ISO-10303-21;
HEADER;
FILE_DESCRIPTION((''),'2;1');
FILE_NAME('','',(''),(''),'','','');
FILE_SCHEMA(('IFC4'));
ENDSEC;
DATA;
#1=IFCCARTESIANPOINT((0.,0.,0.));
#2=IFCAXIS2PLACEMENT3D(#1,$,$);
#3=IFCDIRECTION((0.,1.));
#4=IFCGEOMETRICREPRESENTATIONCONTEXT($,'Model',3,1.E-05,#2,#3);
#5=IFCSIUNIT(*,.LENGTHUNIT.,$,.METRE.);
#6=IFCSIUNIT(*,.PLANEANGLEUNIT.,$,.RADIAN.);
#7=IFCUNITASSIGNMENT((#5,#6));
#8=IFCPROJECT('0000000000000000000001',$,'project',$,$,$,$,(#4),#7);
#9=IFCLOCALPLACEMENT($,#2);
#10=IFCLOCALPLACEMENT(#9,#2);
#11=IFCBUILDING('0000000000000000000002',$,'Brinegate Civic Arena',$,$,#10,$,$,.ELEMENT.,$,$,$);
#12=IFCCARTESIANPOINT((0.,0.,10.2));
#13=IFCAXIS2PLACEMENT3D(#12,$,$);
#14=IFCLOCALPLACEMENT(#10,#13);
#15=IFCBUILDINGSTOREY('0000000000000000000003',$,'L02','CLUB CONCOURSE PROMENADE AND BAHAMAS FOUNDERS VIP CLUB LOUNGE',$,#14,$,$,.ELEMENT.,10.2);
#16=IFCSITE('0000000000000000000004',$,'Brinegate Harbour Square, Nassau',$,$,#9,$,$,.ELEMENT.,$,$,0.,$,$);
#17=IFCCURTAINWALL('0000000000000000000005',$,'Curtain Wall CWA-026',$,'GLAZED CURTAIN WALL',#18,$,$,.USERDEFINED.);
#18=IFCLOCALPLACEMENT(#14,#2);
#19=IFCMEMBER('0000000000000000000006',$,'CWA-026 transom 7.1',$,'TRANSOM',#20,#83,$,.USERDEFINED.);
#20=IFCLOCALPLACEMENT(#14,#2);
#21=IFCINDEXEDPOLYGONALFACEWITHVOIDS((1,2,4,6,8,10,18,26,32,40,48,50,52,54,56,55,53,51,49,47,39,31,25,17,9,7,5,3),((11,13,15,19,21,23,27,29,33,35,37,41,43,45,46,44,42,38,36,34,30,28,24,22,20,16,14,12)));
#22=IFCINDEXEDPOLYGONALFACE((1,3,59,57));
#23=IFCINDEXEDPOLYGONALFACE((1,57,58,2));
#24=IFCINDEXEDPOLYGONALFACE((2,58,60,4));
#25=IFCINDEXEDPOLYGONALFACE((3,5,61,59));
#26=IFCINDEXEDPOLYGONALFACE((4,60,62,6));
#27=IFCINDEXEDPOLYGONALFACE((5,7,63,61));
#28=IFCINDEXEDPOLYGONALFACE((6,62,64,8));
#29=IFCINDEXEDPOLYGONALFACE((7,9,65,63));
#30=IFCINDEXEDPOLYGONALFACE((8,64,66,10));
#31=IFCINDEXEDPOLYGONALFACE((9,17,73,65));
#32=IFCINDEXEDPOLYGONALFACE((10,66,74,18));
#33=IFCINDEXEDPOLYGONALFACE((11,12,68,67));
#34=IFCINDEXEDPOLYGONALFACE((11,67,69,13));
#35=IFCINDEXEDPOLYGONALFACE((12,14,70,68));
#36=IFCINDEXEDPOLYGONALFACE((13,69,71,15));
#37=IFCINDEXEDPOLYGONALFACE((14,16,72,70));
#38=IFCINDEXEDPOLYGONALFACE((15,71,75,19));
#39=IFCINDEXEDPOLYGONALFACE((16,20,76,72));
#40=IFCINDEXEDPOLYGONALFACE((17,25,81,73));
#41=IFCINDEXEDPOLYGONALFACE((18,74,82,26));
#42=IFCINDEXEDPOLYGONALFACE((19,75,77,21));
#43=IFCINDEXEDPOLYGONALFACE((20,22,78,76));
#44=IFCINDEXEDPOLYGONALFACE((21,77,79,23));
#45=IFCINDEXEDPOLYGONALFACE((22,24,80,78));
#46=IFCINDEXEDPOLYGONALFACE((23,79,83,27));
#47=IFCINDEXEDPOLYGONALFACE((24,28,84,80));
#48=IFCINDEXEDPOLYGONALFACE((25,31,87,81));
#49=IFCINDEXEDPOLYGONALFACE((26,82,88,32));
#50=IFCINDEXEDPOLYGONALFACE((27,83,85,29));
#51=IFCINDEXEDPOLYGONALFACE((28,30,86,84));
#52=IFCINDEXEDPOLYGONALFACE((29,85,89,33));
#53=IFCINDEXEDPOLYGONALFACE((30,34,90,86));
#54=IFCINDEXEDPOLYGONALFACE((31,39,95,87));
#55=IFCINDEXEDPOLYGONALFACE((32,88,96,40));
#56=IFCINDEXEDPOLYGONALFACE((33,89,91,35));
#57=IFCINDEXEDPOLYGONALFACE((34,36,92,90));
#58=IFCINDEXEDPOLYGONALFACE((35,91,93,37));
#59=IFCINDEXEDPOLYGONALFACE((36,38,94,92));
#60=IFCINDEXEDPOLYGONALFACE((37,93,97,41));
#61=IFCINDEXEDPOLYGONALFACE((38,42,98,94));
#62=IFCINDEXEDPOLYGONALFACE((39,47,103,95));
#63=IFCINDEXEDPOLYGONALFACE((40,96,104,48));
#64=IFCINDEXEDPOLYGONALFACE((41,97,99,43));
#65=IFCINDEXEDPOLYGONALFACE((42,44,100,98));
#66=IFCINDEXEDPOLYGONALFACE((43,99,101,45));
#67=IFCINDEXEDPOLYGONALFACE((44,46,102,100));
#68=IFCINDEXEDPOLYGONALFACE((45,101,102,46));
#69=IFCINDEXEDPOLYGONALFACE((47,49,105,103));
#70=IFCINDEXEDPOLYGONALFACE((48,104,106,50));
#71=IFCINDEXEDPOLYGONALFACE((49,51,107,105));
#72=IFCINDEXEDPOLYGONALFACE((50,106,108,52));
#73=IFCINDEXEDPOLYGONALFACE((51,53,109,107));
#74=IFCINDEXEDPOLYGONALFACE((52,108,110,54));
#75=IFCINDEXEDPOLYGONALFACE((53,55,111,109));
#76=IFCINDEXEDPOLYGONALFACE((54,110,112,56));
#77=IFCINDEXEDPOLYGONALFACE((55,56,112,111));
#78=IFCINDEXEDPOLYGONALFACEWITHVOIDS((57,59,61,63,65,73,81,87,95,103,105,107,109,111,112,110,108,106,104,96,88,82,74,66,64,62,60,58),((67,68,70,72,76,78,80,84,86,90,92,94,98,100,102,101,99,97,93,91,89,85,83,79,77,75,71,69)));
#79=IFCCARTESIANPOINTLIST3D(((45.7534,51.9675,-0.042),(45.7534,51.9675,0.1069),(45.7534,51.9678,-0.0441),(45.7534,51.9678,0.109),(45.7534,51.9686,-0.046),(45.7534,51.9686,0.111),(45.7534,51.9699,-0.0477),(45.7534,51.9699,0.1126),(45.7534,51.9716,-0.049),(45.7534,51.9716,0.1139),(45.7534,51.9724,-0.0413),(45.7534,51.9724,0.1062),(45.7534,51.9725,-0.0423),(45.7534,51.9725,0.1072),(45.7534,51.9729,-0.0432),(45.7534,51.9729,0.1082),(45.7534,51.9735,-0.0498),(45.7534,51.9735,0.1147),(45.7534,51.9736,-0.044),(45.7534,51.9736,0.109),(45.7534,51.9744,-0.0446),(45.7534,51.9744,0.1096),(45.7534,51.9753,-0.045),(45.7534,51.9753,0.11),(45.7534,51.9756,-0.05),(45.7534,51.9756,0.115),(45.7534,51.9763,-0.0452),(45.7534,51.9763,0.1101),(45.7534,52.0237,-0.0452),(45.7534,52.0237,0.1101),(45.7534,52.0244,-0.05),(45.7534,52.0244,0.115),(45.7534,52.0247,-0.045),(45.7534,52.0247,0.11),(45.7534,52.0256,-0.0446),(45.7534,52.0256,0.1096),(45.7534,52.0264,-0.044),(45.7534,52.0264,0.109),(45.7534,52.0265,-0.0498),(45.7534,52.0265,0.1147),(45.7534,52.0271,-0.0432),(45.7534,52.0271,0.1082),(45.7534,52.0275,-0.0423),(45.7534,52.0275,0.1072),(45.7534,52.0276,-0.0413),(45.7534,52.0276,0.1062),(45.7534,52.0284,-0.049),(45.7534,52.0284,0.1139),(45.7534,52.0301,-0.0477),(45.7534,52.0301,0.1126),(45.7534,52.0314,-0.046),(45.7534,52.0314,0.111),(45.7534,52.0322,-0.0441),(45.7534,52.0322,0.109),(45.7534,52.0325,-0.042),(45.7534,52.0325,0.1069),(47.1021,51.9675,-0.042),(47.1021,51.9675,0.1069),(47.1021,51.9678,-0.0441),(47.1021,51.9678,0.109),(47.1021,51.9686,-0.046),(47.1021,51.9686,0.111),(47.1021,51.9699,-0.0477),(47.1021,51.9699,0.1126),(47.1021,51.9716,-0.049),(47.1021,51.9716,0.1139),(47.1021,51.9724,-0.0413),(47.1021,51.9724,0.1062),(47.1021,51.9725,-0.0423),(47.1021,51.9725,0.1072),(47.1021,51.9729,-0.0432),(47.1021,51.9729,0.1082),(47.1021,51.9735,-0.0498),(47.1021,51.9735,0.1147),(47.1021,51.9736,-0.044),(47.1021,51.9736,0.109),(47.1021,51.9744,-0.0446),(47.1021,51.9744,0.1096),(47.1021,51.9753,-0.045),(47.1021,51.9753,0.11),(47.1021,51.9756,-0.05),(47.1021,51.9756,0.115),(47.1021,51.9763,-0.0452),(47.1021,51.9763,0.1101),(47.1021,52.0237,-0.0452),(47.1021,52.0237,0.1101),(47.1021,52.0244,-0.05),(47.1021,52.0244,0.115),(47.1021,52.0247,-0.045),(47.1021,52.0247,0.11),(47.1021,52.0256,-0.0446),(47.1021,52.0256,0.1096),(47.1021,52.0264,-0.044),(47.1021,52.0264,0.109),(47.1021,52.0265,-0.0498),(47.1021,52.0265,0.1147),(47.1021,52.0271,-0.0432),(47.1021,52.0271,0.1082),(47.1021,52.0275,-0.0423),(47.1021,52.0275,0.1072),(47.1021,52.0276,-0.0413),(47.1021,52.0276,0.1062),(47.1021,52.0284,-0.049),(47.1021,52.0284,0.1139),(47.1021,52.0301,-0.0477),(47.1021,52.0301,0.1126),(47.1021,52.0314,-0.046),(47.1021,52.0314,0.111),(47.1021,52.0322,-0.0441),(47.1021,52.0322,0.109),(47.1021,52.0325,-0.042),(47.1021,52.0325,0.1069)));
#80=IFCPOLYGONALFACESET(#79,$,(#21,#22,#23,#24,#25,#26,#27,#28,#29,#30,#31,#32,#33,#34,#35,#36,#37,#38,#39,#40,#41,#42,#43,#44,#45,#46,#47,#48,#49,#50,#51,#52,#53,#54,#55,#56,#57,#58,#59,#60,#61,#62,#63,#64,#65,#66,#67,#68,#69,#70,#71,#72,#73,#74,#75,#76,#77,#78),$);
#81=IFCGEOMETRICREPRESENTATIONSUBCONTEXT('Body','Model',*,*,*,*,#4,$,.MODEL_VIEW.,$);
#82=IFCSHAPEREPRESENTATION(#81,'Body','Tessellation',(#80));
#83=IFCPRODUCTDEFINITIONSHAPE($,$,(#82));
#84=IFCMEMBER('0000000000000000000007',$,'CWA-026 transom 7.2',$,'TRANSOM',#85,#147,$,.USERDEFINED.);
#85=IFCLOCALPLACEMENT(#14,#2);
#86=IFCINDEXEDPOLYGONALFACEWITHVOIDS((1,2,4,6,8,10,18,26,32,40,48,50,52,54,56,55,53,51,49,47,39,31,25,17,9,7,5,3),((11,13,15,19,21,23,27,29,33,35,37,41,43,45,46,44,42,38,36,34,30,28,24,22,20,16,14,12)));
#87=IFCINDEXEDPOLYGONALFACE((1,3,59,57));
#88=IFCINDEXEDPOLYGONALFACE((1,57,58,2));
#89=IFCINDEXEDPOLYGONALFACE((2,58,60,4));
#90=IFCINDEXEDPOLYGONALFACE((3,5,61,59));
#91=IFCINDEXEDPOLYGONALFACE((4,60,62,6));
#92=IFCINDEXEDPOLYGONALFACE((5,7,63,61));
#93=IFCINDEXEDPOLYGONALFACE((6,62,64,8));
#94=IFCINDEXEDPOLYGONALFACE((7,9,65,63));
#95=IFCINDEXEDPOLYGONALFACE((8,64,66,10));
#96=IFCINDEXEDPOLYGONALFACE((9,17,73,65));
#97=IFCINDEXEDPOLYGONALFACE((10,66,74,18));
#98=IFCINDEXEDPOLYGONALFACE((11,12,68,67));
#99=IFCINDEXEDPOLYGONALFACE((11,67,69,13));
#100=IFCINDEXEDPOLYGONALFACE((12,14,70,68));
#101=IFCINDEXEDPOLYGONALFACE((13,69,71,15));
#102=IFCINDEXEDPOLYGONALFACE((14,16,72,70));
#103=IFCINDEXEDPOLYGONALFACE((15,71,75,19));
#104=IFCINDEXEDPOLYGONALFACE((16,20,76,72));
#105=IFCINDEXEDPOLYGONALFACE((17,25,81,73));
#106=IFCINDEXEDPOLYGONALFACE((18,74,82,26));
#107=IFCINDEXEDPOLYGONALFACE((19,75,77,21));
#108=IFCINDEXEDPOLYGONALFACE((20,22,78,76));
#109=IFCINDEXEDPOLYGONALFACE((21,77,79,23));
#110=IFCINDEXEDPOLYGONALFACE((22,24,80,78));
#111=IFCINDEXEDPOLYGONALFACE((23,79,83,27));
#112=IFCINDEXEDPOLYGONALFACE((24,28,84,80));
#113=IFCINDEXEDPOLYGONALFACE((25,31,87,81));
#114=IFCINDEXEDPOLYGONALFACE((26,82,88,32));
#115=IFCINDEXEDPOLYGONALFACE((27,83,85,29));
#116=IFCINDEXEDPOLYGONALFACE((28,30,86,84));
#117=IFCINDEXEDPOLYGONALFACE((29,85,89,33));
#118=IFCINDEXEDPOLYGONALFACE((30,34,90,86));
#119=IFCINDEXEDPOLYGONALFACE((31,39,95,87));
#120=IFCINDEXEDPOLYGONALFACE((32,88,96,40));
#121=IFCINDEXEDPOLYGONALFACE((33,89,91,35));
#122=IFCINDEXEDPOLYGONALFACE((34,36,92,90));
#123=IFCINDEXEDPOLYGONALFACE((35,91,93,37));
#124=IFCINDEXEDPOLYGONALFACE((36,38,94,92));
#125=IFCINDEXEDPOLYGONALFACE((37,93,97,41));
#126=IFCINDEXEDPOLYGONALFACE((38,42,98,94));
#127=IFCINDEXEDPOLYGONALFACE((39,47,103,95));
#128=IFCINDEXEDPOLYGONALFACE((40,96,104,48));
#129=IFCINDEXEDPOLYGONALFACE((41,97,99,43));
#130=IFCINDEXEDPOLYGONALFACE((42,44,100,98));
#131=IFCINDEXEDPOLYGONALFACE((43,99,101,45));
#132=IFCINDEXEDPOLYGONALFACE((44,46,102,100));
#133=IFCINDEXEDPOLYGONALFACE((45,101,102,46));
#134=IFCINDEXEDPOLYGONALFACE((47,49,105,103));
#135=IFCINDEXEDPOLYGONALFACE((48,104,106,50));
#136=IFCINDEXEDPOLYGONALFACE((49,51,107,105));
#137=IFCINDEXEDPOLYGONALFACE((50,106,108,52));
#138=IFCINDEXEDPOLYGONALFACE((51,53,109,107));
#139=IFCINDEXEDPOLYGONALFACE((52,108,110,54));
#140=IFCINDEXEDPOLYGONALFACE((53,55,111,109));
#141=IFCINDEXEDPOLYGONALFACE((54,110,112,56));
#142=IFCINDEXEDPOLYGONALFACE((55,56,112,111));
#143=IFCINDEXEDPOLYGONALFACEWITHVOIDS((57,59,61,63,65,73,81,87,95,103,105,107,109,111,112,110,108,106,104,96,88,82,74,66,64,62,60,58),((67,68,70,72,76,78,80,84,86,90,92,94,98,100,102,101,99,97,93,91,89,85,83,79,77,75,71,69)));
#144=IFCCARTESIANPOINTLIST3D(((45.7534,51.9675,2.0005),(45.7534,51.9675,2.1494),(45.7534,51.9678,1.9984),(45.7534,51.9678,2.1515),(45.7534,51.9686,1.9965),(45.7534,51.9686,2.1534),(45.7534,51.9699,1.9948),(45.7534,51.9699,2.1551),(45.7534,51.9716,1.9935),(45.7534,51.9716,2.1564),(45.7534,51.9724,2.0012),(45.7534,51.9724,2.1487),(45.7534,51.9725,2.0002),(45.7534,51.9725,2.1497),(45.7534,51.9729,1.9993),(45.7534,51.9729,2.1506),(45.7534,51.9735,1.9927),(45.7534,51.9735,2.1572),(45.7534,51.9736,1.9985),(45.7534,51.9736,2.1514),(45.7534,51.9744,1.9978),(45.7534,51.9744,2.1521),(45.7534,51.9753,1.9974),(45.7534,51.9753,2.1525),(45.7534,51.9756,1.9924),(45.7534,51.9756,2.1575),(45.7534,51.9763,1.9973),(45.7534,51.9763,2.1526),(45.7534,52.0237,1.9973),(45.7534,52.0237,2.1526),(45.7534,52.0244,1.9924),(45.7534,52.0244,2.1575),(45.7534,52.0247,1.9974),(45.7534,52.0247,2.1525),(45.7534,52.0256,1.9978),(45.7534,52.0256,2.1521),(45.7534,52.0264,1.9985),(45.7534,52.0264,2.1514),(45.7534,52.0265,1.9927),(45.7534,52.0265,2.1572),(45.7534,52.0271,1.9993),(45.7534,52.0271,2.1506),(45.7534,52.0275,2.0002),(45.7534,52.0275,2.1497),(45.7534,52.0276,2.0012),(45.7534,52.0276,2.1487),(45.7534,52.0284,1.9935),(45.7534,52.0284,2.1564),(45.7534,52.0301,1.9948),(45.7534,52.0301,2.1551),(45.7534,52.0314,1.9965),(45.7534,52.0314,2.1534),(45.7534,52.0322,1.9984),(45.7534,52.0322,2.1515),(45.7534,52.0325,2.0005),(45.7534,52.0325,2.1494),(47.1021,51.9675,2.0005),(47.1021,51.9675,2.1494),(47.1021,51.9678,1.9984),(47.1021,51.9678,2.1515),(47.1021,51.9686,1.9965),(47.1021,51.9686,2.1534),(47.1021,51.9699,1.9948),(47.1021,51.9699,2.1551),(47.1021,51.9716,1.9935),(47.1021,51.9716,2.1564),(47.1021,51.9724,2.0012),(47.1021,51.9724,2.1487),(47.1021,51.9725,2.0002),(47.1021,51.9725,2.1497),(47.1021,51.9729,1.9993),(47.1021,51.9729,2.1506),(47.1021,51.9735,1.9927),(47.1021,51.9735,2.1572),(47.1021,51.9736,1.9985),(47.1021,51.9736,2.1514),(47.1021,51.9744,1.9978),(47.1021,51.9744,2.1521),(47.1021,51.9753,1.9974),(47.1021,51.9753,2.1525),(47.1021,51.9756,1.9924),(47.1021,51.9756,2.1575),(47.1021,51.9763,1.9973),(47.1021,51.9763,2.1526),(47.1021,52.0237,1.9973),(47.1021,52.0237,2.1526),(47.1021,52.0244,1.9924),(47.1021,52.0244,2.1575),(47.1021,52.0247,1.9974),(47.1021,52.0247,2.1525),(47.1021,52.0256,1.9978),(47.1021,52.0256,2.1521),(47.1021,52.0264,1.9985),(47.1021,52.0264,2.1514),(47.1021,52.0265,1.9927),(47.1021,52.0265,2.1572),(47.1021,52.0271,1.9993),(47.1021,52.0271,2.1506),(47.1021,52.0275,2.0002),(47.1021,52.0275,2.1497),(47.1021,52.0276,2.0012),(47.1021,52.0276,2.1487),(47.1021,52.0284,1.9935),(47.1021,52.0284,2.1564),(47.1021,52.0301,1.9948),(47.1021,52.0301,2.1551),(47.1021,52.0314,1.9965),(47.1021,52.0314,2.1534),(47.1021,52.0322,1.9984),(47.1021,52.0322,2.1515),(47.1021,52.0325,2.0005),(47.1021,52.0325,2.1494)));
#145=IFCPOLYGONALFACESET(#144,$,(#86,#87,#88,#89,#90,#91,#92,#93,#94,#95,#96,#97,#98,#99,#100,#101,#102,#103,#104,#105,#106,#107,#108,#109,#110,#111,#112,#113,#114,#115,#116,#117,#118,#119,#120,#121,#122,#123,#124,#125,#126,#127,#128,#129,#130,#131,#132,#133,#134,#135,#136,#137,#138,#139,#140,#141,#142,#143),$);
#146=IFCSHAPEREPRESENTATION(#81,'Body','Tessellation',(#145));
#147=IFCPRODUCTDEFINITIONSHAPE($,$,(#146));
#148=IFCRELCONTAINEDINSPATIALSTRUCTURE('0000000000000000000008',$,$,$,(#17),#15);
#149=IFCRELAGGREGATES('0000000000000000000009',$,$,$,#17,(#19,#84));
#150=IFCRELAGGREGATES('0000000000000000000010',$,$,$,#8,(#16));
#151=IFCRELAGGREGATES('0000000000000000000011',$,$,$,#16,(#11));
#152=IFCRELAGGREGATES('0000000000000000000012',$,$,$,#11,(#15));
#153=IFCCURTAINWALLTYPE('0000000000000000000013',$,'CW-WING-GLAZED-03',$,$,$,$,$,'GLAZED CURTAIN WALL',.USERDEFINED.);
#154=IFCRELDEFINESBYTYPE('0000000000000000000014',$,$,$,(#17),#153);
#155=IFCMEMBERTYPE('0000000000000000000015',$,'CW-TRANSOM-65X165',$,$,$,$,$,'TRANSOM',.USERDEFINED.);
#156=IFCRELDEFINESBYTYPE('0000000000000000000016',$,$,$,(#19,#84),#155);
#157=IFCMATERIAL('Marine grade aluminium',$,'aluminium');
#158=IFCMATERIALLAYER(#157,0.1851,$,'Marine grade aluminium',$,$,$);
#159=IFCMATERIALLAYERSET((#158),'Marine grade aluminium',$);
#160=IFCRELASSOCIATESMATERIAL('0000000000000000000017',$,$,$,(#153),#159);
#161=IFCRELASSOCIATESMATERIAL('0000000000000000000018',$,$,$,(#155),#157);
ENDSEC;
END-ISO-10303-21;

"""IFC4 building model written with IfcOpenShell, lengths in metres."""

from ifc_helpers import new_model, si_unit, direction, frame, origin, origin_2d, place, context, subcontext, project, spatial, hollow_rectangle, extrude, material, layer, layer_set, material_profile, profile_set, type_object, element, aggregate, save


model = new_model("IFC4")

# Units and contexts
model_context = context("Model", 3, precision=1e-05, world=origin(), true_north=direction((0.0, 1.0)))
body_context = subcontext(model_context, "Body", "Model", "MODEL_VIEW")
ifc_project = project(units=[si_unit("LENGTHUNIT", "METRE"), si_unit("PLANEANGLEUNIT", "RADIAN")], contexts=[model_context])

# Site, building, storey
site_placement = place(None, origin())
site = spatial("IfcSite", under=ifc_project, at=site_placement, Name="Brinegate Harbour Square, Nassau", CompositionType="ELEMENT", RefElevation=0.0)
building_placement = place(site_placement, origin())
building = spatial("IfcBuilding", under=site, at=building_placement, Name="Brinegate Civic Arena", CompositionType="ELEMENT")
storey_placement = place(building_placement, frame((0.0, 0.0, 10.2)))
storey = spatial("IfcBuildingStorey", under=building, at=storey_placement, Name="L02", Description="CLUB CONCOURSE PROMENADE AND BAHAMAS FOUNDERS VIP CLUB LOUNGE", CompositionType="ELEMENT", Elevation=10.2)

# Curtain wall
ifc_material_1 = material(Name="Marine grade aluminium", Category="aluminium")
ifc_layer_1 = layer(ifc_material_1, 0.1851, Name="Marine grade aluminium")
ifc_layer_set_1 = layer_set([ifc_layer_1], Name="Marine grade aluminium")
curtain_wall_type_1 = type_object("IfcCurtainWallType", Name="CW-WING-GLAZED-03", ElementType="GLAZED CURTAIN WALL", PredefinedType="USERDEFINED", material=ifc_layer_set_1)
curtain_wall_1_placement = place(storey_placement, origin())
curtain_wall_1 = element("IfcCurtainWall", 1, at=curtain_wall_1_placement, inside=storey, type_object=curtain_wall_type_1, Name="Curtain Wall CWA-026", ObjectType="GLAZED CURTAIN WALL", PredefinedType="USERDEFINED")

# Members
ifc_material_profile_1 = material_profile(ifc_material_1, hollow_rectangle(XDim=0.0649, YDim=0.165, WallThickness=0.0049, InnerFilletRadius=0.0039, OuterFilletRadius=0.0081, at=origin_2d()), Name="TRN65X165")
ifc_profile_set_1 = profile_set([ifc_material_profile_1], Name="Marine grade aluminium")
member_type_1 = type_object("IfcMemberType", Name="CW-TRANSOM-65X165", ElementType="TRANSOM", PredefinedType="USERDEFINED", material=ifc_profile_set_1)
member_1_placement = place(storey_placement, frame((45.7534, 52.0, 0.0325), z_axis=(1.0, 0.0, 0.0), x_axis=(0.0, 1.0, 0.0)))
member_1 = element("IfcMember", 2, at=member_1_placement, type_object=member_type_1, Name="CWA-026 transom 7.1", ObjectType="TRANSOM", PredefinedType="USERDEFINED", context=body_context, shape_type="SweptSolid", body=[
    extrude(hollow_rectangle(XDim=0.0649, YDim=0.165, WallThickness=0.0049, InnerFilletRadius=0.0039, OuterFilletRadius=0.0081, at=origin_2d()), origin(), (0.0, 0.0, 1.0), 1.3486),
])
member_2_placement = place(storey_placement, frame((45.7534, 52.0, 2.075), z_axis=(1.0, 0.0, 0.0), x_axis=(0.0, 1.0, 0.0)))
member_2 = element("IfcMember", 3, at=member_2_placement, type_object=member_type_1, Name="CWA-026 transom 7.2", ObjectType="TRANSOM", PredefinedType="USERDEFINED", context=body_context, shape_type="SweptSolid", body=[
    extrude(hollow_rectangle(XDim=0.0649, YDim=0.165, WallThickness=0.0049, InnerFilletRadius=0.0039, OuterFilletRadius=0.0081, at=origin_2d()), origin(), (0.0, 0.0, 1.0), 1.3486),
])

aggregate(curtain_wall_1, [member_1, member_2])

save(model, "model.ifc")
